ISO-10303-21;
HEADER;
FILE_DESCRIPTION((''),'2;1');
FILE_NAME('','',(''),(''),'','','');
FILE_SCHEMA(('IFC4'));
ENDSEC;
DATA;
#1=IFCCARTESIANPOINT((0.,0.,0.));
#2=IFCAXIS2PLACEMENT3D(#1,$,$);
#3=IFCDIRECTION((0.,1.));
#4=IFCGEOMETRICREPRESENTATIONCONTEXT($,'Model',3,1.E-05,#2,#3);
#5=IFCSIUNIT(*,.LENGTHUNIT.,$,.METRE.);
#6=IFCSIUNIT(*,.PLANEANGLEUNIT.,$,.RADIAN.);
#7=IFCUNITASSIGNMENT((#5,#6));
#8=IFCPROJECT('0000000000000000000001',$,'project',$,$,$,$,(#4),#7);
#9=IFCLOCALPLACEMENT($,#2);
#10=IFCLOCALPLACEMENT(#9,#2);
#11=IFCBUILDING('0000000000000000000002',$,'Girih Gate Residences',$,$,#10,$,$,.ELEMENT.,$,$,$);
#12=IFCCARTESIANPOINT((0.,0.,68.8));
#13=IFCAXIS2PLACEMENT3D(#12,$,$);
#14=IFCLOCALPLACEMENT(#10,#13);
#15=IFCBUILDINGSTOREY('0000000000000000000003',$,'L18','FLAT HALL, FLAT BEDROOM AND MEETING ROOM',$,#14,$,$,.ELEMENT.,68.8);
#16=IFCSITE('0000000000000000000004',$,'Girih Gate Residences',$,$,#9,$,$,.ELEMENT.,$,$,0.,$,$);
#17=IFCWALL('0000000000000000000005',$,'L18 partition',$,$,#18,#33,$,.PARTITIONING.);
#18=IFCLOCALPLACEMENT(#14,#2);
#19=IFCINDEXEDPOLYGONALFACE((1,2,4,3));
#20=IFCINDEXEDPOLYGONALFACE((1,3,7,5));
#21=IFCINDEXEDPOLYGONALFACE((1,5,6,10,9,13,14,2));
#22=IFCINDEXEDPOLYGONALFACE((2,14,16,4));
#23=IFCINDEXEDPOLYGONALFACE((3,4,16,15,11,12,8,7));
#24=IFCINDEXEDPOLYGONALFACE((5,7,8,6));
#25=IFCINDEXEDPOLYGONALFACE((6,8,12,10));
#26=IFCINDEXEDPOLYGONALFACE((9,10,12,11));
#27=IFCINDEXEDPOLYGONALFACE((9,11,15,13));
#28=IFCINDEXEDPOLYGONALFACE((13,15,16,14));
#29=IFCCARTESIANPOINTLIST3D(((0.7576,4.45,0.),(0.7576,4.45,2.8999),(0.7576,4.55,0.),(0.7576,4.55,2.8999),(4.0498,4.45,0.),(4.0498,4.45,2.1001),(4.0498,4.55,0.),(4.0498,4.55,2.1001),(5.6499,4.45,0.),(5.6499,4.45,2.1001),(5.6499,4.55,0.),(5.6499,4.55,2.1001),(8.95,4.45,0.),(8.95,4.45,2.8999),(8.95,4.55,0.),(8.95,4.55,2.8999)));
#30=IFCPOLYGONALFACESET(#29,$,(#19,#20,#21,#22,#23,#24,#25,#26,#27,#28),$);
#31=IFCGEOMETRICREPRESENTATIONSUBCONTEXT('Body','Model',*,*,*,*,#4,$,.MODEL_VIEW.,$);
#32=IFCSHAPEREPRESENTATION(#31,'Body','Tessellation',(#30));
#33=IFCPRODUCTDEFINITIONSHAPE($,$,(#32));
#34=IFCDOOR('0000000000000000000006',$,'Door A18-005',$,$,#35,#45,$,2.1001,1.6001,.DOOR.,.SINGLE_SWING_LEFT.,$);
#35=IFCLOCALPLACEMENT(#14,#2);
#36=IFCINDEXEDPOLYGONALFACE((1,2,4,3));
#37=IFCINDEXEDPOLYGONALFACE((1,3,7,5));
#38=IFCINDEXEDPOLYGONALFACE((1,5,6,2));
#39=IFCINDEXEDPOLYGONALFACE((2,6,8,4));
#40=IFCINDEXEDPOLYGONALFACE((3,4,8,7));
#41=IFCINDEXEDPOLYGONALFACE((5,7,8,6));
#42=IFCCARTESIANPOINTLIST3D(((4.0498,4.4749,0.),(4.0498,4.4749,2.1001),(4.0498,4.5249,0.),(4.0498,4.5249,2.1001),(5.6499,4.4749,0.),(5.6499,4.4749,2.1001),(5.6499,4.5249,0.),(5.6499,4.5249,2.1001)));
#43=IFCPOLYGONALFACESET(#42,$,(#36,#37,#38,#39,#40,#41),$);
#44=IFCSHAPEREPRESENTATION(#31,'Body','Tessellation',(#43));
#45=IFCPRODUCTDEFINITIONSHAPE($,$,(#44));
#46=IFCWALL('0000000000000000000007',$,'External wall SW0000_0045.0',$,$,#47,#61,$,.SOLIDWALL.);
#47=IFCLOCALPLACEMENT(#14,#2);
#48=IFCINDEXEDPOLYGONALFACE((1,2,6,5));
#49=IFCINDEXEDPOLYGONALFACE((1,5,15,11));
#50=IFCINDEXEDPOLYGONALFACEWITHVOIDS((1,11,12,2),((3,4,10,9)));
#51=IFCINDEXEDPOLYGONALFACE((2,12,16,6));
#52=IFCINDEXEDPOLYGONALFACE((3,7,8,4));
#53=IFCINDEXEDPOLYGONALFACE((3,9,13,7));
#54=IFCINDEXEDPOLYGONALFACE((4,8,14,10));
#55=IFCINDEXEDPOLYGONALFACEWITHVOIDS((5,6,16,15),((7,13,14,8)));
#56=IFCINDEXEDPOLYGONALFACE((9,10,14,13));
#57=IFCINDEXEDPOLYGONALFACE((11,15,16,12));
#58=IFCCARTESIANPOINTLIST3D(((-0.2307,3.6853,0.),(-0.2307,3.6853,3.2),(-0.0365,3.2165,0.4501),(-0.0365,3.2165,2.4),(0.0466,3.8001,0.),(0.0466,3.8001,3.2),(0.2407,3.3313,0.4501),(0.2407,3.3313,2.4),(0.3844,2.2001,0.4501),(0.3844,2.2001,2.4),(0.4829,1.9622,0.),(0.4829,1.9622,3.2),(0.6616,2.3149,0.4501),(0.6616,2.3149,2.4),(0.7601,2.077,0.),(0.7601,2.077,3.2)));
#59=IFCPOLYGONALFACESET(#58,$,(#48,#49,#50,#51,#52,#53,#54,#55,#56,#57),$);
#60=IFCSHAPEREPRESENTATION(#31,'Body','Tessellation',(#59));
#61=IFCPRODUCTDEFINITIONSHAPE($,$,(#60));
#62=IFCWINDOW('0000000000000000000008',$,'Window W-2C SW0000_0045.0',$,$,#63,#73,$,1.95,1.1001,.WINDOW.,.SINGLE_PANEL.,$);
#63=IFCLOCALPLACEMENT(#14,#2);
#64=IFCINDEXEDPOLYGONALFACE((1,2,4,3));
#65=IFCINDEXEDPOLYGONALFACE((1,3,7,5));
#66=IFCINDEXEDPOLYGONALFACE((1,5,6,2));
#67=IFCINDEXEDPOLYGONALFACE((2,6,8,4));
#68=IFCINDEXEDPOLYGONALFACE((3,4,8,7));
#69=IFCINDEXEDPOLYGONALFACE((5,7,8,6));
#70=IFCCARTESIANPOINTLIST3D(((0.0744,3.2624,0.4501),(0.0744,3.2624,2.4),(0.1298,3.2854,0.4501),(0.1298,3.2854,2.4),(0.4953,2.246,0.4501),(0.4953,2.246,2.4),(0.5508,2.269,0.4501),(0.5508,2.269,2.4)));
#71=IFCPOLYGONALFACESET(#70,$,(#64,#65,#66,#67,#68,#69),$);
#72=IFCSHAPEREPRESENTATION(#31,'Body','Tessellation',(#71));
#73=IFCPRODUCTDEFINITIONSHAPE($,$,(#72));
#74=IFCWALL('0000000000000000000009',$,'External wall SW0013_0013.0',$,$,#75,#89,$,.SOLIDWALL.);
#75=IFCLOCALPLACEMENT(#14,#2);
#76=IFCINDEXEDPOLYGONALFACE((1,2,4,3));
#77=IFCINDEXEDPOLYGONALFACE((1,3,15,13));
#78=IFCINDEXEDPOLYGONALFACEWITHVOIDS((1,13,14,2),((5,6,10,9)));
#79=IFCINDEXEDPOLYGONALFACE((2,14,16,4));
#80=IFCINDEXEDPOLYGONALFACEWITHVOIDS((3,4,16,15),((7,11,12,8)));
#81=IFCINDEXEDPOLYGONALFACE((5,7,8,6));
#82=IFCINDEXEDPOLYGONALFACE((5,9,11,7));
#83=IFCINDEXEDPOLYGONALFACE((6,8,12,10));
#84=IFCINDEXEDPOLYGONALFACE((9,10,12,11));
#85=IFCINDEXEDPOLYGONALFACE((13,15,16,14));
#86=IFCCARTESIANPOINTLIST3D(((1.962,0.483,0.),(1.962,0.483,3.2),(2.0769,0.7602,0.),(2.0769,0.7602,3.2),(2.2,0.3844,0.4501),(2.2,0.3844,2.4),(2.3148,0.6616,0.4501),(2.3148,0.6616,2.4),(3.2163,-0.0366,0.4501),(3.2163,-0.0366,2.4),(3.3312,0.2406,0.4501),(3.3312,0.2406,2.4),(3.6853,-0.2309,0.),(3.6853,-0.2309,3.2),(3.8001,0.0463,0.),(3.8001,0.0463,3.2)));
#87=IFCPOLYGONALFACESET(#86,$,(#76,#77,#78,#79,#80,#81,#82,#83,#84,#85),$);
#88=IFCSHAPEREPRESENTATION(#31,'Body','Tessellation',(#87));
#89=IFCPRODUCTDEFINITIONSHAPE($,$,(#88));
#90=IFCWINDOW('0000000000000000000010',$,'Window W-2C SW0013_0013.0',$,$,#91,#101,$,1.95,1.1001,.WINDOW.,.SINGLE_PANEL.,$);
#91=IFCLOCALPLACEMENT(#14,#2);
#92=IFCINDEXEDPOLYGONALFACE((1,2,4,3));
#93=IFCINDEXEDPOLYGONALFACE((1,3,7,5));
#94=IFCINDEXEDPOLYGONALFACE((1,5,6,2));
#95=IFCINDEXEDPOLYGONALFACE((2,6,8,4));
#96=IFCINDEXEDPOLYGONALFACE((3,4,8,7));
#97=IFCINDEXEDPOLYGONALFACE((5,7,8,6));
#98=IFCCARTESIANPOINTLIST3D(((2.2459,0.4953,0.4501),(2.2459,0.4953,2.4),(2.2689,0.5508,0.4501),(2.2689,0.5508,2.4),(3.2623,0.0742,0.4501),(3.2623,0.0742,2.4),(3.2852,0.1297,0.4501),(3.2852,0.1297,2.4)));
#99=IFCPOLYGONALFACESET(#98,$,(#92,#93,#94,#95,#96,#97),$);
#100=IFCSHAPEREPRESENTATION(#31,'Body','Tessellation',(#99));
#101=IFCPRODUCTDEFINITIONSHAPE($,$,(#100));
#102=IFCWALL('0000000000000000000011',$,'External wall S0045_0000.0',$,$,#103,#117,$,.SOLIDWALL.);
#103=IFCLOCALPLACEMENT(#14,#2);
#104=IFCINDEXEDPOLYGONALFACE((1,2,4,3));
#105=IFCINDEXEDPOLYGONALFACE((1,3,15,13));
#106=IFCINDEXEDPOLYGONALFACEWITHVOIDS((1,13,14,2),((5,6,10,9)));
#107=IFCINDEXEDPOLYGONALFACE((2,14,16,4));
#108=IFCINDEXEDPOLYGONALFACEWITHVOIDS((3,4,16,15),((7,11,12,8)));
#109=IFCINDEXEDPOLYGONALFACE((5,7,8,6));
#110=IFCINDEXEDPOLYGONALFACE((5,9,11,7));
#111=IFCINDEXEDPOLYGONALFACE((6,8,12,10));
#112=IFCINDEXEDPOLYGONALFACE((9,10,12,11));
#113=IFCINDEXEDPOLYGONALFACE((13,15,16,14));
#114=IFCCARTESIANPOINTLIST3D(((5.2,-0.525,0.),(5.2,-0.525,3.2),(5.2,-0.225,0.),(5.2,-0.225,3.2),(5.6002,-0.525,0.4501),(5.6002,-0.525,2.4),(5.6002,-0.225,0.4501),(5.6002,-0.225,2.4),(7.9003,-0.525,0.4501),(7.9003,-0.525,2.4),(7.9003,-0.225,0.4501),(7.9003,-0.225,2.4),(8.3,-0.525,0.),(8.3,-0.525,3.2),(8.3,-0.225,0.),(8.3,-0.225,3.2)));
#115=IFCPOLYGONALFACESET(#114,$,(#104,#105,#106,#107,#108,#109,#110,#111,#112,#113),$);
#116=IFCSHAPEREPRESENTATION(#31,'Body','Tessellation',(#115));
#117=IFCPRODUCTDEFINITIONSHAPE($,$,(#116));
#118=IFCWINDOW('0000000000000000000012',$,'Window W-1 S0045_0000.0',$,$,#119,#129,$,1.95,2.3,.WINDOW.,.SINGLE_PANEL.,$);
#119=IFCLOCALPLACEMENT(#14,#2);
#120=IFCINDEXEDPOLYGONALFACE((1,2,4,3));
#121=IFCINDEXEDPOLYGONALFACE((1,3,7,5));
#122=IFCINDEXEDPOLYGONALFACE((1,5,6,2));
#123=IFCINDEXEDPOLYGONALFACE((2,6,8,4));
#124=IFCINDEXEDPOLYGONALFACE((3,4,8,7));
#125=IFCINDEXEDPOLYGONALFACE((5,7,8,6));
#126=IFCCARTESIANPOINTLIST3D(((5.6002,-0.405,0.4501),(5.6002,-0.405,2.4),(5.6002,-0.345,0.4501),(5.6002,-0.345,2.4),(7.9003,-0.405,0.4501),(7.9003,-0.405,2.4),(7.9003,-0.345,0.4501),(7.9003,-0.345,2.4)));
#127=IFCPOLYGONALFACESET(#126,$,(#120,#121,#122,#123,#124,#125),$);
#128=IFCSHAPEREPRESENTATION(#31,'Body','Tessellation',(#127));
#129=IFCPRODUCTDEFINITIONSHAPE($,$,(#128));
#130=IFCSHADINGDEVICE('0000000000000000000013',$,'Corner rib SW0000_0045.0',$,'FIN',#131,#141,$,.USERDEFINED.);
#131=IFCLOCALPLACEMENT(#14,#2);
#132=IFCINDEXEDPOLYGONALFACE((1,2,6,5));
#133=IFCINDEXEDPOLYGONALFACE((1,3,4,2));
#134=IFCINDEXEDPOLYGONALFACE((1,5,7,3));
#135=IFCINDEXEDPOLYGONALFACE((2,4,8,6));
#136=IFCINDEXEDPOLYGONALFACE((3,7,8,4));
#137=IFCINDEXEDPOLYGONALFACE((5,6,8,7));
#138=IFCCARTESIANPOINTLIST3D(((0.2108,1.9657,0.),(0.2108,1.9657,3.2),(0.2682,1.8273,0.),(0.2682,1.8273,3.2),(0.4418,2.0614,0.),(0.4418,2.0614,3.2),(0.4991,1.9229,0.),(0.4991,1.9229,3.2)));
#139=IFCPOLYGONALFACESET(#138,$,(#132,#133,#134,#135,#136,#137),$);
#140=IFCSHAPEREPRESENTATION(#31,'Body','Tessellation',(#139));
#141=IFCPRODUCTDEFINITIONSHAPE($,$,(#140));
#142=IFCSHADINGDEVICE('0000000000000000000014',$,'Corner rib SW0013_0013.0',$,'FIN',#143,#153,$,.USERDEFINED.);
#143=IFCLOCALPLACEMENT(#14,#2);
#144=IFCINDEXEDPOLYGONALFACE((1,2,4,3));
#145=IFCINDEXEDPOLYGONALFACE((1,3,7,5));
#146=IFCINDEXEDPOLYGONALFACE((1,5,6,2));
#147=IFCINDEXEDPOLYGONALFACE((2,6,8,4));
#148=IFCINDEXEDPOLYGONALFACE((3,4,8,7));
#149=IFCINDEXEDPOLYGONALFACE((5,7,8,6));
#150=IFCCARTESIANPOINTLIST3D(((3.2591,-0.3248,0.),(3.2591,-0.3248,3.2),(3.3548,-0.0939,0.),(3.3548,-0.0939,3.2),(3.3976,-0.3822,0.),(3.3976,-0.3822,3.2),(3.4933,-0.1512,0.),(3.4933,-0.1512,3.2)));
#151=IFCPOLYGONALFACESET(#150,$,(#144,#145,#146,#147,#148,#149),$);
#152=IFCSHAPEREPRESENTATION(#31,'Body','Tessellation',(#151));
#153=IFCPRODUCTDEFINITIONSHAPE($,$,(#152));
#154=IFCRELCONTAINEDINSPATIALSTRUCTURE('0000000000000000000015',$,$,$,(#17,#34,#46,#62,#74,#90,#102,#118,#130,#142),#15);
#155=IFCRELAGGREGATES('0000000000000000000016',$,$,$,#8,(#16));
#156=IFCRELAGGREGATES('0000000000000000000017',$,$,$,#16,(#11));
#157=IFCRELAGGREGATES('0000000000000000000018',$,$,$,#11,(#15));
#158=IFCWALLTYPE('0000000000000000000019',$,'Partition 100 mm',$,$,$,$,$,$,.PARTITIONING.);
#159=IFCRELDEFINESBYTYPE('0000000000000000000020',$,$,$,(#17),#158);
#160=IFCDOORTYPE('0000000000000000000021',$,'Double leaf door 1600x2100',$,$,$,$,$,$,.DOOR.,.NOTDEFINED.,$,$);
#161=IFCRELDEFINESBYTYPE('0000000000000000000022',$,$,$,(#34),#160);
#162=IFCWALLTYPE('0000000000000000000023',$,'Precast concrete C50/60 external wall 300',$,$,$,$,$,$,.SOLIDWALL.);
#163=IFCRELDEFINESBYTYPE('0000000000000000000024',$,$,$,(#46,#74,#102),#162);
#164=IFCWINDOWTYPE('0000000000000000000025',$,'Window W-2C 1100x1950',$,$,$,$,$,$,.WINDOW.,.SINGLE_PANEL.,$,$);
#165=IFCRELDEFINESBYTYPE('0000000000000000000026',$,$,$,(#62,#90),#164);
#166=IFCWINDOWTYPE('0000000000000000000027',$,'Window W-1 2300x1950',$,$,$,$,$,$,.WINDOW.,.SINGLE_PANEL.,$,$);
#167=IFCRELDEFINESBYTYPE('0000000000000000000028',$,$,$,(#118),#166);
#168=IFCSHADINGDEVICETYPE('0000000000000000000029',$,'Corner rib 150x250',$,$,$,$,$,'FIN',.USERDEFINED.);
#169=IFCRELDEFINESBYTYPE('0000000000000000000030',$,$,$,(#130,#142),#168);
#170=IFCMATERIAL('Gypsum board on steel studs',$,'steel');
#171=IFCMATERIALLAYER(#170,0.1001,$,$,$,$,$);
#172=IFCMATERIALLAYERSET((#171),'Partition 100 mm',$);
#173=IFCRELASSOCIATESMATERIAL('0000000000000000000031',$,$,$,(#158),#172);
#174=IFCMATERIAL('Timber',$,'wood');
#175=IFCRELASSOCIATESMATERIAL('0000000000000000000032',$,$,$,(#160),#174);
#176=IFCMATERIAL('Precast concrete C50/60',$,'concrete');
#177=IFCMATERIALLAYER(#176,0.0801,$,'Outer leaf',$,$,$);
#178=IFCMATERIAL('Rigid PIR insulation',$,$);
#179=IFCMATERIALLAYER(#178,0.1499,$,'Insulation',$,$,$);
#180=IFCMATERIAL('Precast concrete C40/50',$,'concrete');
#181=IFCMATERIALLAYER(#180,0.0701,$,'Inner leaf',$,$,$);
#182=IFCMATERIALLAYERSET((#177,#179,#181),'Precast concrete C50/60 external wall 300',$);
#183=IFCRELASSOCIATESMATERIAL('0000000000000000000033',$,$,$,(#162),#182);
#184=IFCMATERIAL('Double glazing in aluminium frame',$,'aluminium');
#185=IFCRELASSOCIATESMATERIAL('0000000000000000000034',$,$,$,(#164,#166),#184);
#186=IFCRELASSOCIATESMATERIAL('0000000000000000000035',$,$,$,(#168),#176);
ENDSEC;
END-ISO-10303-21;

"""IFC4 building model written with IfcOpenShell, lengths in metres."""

from ifc_helpers import new_model, si_unit, direction, frame, frame_2d, origin, origin_2d, place, context, subcontext, project, spatial, rectangle, extrude, material, layer, layer_set, type_object, element, fill, save


model = new_model("IFC4")

# Units and contexts
model_context = context("Model", 3, precision=1e-05, world=origin(), true_north=direction((0.0, 1.0)))
body_context = subcontext(model_context, "Body", "Model", "MODEL_VIEW")
ifc_project = project(units=[si_unit("LENGTHUNIT", "METRE"), si_unit("PLANEANGLEUNIT", "RADIAN")], contexts=[model_context])

# Site, building, storey
site_placement = place(None, origin())
site = spatial("IfcSite", under=ifc_project, at=site_placement, Name="Girih Gate Residences", CompositionType="ELEMENT", RefElevation=0.0)
building_placement = place(site_placement, origin())
building = spatial("IfcBuilding", under=site, at=building_placement, Name="Girih Gate Residences", CompositionType="ELEMENT")
storey_placement = place(building_placement, frame((0.0, 0.0, 68.8)))
storey = spatial("IfcBuildingStorey", under=building, at=storey_placement, Name="L18", Description="FLAT HALL, FLAT BEDROOM AND MEETING ROOM", CompositionType="ELEMENT", Elevation=68.8)

# Wall, opening, door
ifc_material_1 = material(Name="Gypsum board on steel studs", Category="steel")
ifc_layer_1 = layer(ifc_material_1, 0.1001)
ifc_layer_set_1 = layer_set([ifc_layer_1], Name="Partition 100 mm")
wall_type_1 = type_object("IfcWallType", Name="Partition 100 mm", PredefinedType="PARTITIONING", material=ifc_layer_set_1)
wall_1_placement = place(storey_placement, frame((0.7576, 4.5, 0.0), z_axis=(0.0, 0.0, 1.0), x_axis=(1.0, 0.0, 0.0)))
wall_1 = element("IfcWall", 1, at=wall_1_placement, inside=storey, type_object=wall_type_1, Name="L18 partition", PredefinedType="PARTITIONING", context=body_context, shape_type="SweptSolid", body=[
    extrude(rectangle(XDim=8.1924, YDim=0.1001, at=frame_2d((4.0962, 0.0))), origin(), (0.0, 0.0, 1.0), 2.8999),
])
opening_1_placement = place(wall_1_placement, frame((3.2922, 0.0, 0.0)))
opening_1 = element("IfcOpeningElement", 2, at=opening_1_placement, cuts=wall_1, PredefinedType="OPENING", context=body_context, shape_type="SweptSolid", body=[
    extrude(rectangle(XDim=1.6001, YDim=2.1001, at=frame_2d((0.8, 1.05))), frame((0.0, 0.0601, 0.0), z_axis=(0.0, -1.0, 0.0), x_axis=(1.0, 0.0, 0.0)), (0.0, 0.0, 1.0), 0.1201),
])
ifc_material_2 = material(Name="Timber", Category="wood")
door_type = type_object("IfcDoorType", Name="Double leaf door 1600x2100", OperationType="NOTDEFINED", PredefinedType="DOOR", material=ifc_material_2)
door_placement = place(opening_1_placement, origin())
door = element("IfcDoor", 3, at=door_placement, inside=storey, type_object=door_type, Name="Door A18-005", OperationType="SINGLE_SWING_LEFT", OverallHeight=2.1001, OverallWidth=1.6001, PredefinedType="DOOR", context=body_context, shape_type="SweptSolid", body=[
    extrude(rectangle(XDim=1.6001, YDim=2.1001, at=frame_2d((0.8, 1.05))), frame((0.0, 0.0249, 0.0), z_axis=(0.0, -1.0, 0.0), x_axis=(1.0, 0.0, 0.0)), (0.0, 0.0, 1.0), 0.05),
])
fill(opening_1, door)

# Walls, openings, windows
ifc_material_3 = material(Name="Precast concrete C50/60", Category="concrete")
ifc_layer_2 = layer(ifc_material_3, 0.0801, Name="Outer leaf")
ifc_material_4 = material(Name="Rigid PIR insulation")
ifc_layer_3 = layer(ifc_material_4, 0.1499, Name="Insulation")
ifc_material_5 = material(Name="Precast concrete C40/50", Category="concrete")
ifc_layer_4 = layer(ifc_material_5, 0.0701, Name="Inner leaf")
ifc_layer_set_2 = layer_set([ifc_layer_2, ifc_layer_3, ifc_layer_4], Name="Precast concrete C50/60 external wall 300")
wall_type_2 = type_object("IfcWallType", Name="Precast concrete C50/60 external wall 300", PredefinedType="SOLIDWALL", material=ifc_layer_set_2)
wall_2_placement = place(storey_placement, frame((0.6216, 2.0195, 0.0), z_axis=(0.0, 0.0, 1.0), x_axis=(-0.382625, 0.923904, 0.0)))
wall_2 = element("IfcWall", 4, at=wall_2_placement, inside=storey, type_object=wall_type_2, Name="External wall SW0000_0045.0", PredefinedType="SOLIDWALL", context=body_context, shape_type="SweptSolid", body=[
    extrude(rectangle(XDim=1.865, YDim=0.3, at=frame_2d((0.9326, 0.0))), origin(), (0.0, 0.0, 1.0), 3.2),
])
opening_2_placement = place(wall_2_placement, frame((0.2576, 0.0, 0.45)))
opening_2 = element("IfcOpeningElement", 5, at=opening_2_placement, cuts=wall_2, PredefinedType="OPENING", context=body_context, shape_type="SweptSolid", body=[
    extrude(rectangle(XDim=1.1001, YDim=1.95, at=frame_2d((0.55, 0.9751))), frame((0.0, 0.1599, 0.0), z_axis=(0.0, -1.0, 0.0), x_axis=(1.0, 0.0, 0.0)), (0.0, 0.0, 1.0), 0.3201),
])
ifc_material_6 = material(Name="Double glazing in aluminium frame", Category="aluminium")
window_type_1 = type_object("IfcWindowType", Name="Window W-2C 1100x1950", PartitioningType="SINGLE_PANEL", PredefinedType="WINDOW", material=ifc_material_6)
window_1_placement = place(opening_2_placement, origin())
window_1 = element("IfcWindow", 6, at=window_1_placement, inside=storey, type_object=window_type_1, Name="Window W-2C SW0000_0045.0", OverallHeight=1.95, OverallWidth=1.1001, PartitioningType="SINGLE_PANEL", PredefinedType="WINDOW", context=body_context, shape_type="SweptSolid", body=[
    extrude(rectangle(XDim=1.1001, YDim=1.95, at=frame_2d((0.55, 0.9751))), frame((0.0, 0.03, 0.0), z_axis=(0.0, -1.0, 0.0), x_axis=(1.0, 0.0, 0.0)), (0.0, 0.0, 1.0), 0.0601),
])
fill(opening_2, window_1)
wall_3_placement = place(storey_placement, frame((3.7427, -0.0923, 0.0), z_axis=(0.0, 0.0, 1.0), x_axis=(-0.923857, 0.382737, 0.0)))
wall_3 = element("IfcWall", 7, at=wall_3_placement, inside=storey, type_object=wall_type_2, Name="External wall SW0013_0013.0", PredefinedType="SOLIDWALL", context=body_context, shape_type="SweptSolid", body=[
    extrude(rectangle(XDim=1.8652, YDim=0.3, at=frame_2d((0.9326, 0.0))), origin(), (0.0, 0.0, 1.0), 3.2),
])
opening_3_placement = place(wall_3_placement, frame((0.5076, 0.0, 0.45)))
opening_3 = element("IfcOpeningElement", 8, at=opening_3_placement, cuts=wall_3, PredefinedType="OPENING", context=body_context, shape_type="SweptSolid", body=[
    extrude(rectangle(XDim=1.1001, YDim=1.95, at=frame_2d((0.55, 0.9751))), frame((0.0, 0.1599, 0.0), z_axis=(0.0, -1.0, 0.0), x_axis=(1.0, 0.0, 0.0)), (0.0, 0.0, 1.0), 0.3201),
])
window_2_placement = place(opening_3_placement, origin())
window_2 = element("IfcWindow", 9, at=window_2_placement, inside=storey, type_object=window_type_1, Name="Window W-2C SW0013_0013.0", OverallHeight=1.95, OverallWidth=1.1001, PartitioningType="SINGLE_PANEL", PredefinedType="WINDOW", context=body_context, shape_type="SweptSolid", body=[
    extrude(rectangle(XDim=1.1001, YDim=1.95, at=frame_2d((0.55, 0.9751))), frame((0.0, 0.03, 0.0), z_axis=(0.0, -1.0, 0.0), x_axis=(1.0, 0.0, 0.0)), (0.0, 0.0, 1.0), 0.0601),
])
fill(opening_3, window_2)
wall_4_placement = place(storey_placement, frame((8.3, -0.375, 0.0), z_axis=(0.0, 0.0, 1.0), x_axis=(-1.0, 0.0, 0.0)))
wall_4 = element("IfcWall", 10, at=wall_4_placement, inside=storey, type_object=wall_type_2, Name="External wall S0045_0000.0", PredefinedType="SOLIDWALL", context=body_context, shape_type="SweptSolid", body=[
    extrude(rectangle(XDim=3.1001, YDim=0.3, at=frame_2d((1.55, 0.0))), origin(), (0.0, 0.0, 1.0), 3.2),
])
opening_4_placement = place(wall_4_placement, frame((0.3999, 0.0, 0.45)))
opening_4 = element("IfcOpeningElement", 11, at=opening_4_placement, cuts=wall_4, PredefinedType="OPENING", context=body_context, shape_type="SweptSolid", body=[
    extrude(rectangle(XDim=2.3, YDim=1.95, at=frame_2d((1.1499, 0.9751))), frame((0.0, 0.1599, 0.0), z_axis=(0.0, -1.0, 0.0), x_axis=(1.0, 0.0, 0.0)), (0.0, 0.0, 1.0), 0.3201),
])
window_type_2 = type_object("IfcWindowType", Name="Window W-1 2300x1950", PartitioningType="SINGLE_PANEL", PredefinedType="WINDOW", material=ifc_material_6)
window_3_placement = place(opening_4_placement, origin())
window_3 = element("IfcWindow", 12, at=window_3_placement, inside=storey, type_object=window_type_2, Name="Window W-1 S0045_0000.0", OverallHeight=1.95, OverallWidth=2.3, PartitioningType="SINGLE_PANEL", PredefinedType="WINDOW", context=body_context, shape_type="SweptSolid", body=[
    extrude(rectangle(XDim=2.3, YDim=1.95, at=frame_2d((1.1499, 0.9751))), frame((0.0, 0.03, 0.0), z_axis=(0.0, -1.0, 0.0), x_axis=(1.0, 0.0, 0.0)), (0.0, 0.0, 1.0), 0.0601),
])
fill(opening_4, window_3)

# Shading devices
shading_device_type = type_object("IfcShadingDeviceType", Name="Corner rib 150x250", ElementType="FIN", PredefinedType="USERDEFINED", material=ifc_material_3)
for number, where, z_axis, x_axis, name in (
    (13, (0.355, 1.9443, 0.0), (0.0, 0.0, 1.0), (0.382683, -0.92388, 0.0), "Corner rib SW0000_0045.0"),
    (14, (3.3762, -0.238, 0.0), (0.0, 0.0, 1.0), (0.92388, -0.382683, 0.0), "Corner rib SW0013_0013.0"),
):
    element("IfcShadingDevice", number, at=place(storey_placement, frame(where, z_axis=z_axis, x_axis=x_axis)), inside=storey, type_object=shading_device_type, Name=name, ObjectType="FIN", PredefinedType="USERDEFINED", context=body_context, shape_type="SweptSolid", body=[
        extrude(rectangle(XDim=0.1499, YDim=0.25, at=origin_2d()), origin(), (0.0, 0.0, 1.0), 3.2),
    ])

save(model, "model.ifc")
